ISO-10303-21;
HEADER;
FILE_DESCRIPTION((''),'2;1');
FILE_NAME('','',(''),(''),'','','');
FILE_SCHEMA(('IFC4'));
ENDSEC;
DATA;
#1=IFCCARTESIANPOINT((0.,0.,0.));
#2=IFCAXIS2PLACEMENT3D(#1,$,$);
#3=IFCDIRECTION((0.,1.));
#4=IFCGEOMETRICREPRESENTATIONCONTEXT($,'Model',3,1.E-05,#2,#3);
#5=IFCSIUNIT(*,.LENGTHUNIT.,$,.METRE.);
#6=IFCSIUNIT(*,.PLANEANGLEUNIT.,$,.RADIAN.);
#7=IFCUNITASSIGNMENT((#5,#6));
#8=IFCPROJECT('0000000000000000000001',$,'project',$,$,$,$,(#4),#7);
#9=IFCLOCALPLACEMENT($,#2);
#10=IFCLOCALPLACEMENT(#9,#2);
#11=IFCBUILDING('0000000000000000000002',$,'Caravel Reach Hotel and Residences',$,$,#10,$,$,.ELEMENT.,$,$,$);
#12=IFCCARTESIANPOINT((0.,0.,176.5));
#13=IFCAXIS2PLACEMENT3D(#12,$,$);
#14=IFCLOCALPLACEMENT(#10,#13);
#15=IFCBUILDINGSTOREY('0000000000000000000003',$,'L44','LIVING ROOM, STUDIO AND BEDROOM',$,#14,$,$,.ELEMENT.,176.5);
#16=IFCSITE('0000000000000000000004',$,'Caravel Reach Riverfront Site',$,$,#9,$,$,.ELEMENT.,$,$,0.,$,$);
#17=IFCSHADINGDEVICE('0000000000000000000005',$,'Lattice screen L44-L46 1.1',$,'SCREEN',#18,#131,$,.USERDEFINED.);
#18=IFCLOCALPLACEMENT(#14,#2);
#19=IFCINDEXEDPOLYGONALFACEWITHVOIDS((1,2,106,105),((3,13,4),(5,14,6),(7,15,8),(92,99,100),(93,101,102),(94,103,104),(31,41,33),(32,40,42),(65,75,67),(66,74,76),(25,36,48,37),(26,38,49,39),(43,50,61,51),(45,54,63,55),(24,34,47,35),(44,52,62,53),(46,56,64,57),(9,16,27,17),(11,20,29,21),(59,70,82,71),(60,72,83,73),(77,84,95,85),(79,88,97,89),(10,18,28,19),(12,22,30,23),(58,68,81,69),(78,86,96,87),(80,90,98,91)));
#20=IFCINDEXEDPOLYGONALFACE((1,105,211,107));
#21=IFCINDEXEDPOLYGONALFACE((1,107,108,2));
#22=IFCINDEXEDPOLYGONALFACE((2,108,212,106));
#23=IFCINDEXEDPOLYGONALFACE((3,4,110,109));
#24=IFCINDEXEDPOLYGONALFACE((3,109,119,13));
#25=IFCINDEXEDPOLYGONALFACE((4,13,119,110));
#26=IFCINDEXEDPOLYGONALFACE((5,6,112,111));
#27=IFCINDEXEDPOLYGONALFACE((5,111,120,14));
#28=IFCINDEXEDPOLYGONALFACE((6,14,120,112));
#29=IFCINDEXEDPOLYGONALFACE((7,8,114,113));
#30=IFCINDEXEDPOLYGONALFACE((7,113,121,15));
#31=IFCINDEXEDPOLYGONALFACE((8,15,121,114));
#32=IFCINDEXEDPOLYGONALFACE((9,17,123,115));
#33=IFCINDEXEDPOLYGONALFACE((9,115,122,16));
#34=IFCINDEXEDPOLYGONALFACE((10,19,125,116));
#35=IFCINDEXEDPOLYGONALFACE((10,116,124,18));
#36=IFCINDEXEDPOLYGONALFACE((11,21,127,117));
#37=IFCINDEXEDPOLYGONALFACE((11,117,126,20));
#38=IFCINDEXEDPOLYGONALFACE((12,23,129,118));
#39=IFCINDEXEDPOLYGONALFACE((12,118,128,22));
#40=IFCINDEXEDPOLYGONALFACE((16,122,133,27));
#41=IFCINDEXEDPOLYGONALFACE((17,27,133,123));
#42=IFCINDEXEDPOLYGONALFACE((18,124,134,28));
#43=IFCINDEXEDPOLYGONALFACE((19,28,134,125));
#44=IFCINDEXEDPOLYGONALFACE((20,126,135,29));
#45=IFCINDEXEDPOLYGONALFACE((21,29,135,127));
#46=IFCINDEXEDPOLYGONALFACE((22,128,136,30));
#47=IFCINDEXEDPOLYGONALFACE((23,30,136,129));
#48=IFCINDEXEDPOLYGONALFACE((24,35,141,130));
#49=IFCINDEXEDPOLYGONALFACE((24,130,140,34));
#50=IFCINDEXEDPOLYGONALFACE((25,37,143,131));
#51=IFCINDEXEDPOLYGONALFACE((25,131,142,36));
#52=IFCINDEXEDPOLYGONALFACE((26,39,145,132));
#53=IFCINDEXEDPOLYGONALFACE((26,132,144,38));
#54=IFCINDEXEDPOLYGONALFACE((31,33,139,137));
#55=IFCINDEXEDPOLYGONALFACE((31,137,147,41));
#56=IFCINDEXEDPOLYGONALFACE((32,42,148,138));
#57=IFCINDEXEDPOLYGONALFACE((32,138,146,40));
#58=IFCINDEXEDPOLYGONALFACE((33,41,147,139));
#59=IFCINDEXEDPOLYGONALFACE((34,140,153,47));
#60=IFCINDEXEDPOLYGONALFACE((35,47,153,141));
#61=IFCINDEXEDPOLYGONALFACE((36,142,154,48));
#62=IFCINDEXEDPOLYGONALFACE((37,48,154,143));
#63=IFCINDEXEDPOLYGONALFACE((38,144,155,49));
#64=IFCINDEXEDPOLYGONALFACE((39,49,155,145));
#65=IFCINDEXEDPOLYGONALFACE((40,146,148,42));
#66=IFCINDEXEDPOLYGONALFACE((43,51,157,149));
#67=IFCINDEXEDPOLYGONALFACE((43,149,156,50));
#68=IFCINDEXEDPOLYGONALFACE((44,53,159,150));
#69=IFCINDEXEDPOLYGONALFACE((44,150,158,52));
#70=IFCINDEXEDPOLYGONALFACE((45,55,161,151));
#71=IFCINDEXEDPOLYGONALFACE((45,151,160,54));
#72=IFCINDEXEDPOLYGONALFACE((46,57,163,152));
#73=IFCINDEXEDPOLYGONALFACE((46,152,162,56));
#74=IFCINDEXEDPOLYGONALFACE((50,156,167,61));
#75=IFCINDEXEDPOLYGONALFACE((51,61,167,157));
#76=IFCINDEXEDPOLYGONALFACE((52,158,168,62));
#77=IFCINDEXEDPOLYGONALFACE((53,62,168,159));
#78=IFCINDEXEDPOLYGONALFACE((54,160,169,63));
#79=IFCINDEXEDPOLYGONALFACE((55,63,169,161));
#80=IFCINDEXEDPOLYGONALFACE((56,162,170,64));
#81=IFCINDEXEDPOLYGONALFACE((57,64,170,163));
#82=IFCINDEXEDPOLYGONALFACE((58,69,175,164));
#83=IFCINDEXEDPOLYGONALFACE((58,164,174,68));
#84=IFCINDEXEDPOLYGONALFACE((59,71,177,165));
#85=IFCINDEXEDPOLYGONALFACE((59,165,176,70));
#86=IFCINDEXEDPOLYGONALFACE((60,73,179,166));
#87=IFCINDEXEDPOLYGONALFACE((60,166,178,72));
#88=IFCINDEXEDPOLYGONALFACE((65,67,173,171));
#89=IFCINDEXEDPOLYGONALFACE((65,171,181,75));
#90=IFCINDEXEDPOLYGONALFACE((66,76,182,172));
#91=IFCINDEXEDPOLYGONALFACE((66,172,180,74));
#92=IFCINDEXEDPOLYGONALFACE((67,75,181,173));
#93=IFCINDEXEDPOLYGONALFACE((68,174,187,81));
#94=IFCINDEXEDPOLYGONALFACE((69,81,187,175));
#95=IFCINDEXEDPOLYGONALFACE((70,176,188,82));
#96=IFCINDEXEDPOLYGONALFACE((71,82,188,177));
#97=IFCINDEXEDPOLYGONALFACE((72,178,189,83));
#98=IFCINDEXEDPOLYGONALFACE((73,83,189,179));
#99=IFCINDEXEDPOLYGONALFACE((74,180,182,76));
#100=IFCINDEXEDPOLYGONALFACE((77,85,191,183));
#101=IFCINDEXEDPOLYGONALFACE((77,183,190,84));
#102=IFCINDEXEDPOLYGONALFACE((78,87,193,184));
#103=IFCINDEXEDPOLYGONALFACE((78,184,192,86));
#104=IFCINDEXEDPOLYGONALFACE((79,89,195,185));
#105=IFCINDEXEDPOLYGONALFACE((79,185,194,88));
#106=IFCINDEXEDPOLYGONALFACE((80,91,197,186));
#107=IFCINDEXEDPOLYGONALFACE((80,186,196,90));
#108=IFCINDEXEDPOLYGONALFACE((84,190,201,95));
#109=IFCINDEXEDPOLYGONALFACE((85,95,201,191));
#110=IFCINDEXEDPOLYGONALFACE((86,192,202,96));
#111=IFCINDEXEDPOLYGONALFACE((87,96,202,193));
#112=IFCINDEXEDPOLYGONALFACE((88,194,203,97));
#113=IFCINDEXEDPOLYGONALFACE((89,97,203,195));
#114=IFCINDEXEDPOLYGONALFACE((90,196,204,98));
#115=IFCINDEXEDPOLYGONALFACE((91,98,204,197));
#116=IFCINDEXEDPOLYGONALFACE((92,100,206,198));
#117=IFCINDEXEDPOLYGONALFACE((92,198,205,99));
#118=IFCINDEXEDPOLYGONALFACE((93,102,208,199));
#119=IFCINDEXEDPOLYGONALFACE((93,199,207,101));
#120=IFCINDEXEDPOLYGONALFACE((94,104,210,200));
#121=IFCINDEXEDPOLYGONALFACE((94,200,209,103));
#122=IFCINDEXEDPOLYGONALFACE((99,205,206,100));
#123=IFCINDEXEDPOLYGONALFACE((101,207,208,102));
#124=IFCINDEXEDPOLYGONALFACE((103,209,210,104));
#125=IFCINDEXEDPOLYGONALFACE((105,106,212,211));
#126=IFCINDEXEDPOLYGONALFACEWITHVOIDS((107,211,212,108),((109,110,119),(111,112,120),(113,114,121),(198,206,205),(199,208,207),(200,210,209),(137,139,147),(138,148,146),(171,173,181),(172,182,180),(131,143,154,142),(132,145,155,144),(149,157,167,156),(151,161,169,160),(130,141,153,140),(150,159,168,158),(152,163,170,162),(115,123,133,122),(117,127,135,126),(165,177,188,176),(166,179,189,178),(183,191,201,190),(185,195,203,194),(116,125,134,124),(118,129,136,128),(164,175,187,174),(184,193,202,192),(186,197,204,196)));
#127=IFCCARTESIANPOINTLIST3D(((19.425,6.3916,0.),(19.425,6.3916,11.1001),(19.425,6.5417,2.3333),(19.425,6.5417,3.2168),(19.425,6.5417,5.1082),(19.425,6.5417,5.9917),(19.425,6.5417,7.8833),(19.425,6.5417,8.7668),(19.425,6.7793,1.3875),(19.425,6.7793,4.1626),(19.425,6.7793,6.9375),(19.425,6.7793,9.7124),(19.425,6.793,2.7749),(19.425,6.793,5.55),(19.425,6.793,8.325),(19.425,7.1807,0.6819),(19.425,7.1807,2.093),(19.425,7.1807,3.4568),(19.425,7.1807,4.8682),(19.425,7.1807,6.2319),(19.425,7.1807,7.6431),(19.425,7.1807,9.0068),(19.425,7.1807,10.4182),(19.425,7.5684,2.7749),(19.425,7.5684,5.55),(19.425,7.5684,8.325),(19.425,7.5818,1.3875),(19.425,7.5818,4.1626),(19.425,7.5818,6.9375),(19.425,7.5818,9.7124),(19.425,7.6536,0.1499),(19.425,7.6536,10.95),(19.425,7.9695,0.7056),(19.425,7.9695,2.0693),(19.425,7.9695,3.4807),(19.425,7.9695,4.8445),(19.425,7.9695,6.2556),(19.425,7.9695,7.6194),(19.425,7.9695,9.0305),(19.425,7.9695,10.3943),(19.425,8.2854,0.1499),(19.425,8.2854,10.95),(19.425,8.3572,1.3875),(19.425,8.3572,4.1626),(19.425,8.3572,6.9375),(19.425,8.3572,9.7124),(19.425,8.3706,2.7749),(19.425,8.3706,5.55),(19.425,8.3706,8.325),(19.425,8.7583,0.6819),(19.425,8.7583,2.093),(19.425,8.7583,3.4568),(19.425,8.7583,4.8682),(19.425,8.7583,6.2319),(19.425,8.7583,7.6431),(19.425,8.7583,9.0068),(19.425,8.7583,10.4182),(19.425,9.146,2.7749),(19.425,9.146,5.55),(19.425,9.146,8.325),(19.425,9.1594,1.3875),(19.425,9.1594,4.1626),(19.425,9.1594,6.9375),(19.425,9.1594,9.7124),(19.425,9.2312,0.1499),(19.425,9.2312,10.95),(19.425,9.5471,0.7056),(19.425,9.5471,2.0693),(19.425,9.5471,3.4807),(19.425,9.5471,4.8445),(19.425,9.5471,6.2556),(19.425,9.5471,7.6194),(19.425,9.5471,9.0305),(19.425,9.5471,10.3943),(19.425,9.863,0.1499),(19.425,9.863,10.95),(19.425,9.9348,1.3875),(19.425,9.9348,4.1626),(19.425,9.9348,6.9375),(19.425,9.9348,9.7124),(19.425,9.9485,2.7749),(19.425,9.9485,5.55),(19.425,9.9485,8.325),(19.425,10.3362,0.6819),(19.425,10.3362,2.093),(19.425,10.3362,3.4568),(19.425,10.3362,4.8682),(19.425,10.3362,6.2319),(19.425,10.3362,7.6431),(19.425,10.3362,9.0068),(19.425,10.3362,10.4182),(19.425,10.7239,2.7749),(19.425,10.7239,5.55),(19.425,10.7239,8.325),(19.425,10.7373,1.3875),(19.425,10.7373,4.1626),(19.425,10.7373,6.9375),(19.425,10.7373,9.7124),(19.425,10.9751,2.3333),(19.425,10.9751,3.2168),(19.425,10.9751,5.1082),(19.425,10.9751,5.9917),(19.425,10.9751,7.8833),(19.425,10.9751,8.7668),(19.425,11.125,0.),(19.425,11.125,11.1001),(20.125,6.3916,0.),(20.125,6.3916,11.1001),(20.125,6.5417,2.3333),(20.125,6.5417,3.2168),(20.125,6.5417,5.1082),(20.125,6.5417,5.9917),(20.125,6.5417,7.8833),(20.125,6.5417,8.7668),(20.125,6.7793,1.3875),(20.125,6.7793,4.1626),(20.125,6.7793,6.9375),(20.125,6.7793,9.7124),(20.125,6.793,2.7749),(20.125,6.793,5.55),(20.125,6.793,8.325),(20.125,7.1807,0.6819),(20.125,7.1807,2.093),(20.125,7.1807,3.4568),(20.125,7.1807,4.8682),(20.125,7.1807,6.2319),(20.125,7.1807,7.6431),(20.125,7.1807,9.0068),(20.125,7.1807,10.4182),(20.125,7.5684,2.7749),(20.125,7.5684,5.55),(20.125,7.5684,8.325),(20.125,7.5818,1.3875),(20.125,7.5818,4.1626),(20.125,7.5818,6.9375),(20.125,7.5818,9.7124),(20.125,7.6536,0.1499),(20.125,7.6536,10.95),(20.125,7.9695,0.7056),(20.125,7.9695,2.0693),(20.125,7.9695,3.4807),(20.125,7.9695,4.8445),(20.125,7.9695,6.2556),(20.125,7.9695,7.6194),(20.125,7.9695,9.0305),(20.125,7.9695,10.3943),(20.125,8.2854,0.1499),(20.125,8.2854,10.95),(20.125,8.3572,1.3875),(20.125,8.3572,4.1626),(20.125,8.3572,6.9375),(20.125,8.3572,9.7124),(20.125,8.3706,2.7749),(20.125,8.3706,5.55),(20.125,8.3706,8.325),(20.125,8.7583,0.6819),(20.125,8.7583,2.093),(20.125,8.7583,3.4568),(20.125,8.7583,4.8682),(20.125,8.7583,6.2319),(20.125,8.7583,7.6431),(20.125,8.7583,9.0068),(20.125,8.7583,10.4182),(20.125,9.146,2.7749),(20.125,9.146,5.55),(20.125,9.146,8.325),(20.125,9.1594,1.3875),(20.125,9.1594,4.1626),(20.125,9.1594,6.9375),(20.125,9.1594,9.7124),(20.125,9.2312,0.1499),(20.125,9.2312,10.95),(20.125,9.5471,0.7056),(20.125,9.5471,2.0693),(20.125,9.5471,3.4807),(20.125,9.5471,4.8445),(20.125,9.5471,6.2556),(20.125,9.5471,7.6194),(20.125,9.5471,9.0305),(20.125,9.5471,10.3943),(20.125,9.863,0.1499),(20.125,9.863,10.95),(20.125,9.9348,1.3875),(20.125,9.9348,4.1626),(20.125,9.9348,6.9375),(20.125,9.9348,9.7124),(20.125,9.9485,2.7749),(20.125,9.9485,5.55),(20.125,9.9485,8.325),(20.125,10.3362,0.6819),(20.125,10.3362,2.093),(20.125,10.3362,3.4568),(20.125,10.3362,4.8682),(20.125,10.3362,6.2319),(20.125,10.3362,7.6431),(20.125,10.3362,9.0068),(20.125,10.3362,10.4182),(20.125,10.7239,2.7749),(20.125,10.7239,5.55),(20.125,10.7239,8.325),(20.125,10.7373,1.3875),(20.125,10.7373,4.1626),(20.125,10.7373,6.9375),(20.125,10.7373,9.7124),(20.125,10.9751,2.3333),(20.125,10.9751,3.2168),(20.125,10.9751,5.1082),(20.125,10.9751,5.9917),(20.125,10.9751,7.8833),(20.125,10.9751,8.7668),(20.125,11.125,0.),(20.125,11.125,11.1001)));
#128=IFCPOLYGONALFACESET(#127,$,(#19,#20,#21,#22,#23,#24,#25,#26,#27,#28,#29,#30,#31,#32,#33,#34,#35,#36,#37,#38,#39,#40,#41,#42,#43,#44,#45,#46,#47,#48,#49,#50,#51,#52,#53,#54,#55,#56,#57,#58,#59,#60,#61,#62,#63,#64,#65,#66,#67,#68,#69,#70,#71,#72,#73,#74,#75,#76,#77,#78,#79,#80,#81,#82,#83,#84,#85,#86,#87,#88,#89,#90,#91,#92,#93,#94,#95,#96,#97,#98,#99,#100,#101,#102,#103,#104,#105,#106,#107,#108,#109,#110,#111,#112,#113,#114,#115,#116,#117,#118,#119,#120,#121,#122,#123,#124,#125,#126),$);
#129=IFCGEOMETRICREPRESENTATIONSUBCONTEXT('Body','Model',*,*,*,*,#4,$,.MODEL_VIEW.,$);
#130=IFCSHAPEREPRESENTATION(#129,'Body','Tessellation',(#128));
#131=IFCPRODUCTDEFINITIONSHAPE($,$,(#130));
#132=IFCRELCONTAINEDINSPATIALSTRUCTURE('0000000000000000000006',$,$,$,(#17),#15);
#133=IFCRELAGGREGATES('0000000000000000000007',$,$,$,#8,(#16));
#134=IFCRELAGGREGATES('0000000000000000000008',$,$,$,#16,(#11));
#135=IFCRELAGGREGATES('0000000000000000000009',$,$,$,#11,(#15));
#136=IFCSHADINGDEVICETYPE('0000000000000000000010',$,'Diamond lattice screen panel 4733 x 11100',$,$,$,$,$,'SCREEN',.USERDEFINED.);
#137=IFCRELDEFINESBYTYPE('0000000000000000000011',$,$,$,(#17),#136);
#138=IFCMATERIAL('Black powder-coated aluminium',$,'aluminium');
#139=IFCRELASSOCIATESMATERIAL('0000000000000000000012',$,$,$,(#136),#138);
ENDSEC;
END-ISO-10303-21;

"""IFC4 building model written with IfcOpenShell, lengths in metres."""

from ifc_helpers import new_model, si_unit, direction, frame, origin, place, context, subcontext, project, spatial, polyline, outline, extrude, material, type_object, element, save


model = new_model("IFC4")

# Units and contexts
model_context = context("Model", 3, precision=1e-05, world=origin(), true_north=direction((0.0, 1.0)))
body_context = subcontext(model_context, "Body", "Model", "MODEL_VIEW")
ifc_project = project(units=[si_unit("LENGTHUNIT", "METRE"), si_unit("PLANEANGLEUNIT", "RADIAN")], contexts=[model_context])

# Site, building, storey
site_placement = place(None, origin())
site = spatial("IfcSite", under=ifc_project, at=site_placement, Name="Caravel Reach Riverfront Site", CompositionType="ELEMENT", RefElevation=0.0)
building_placement = place(site_placement, origin())
building = spatial("IfcBuilding", under=site, at=building_placement, Name="Caravel Reach Hotel and Residences", CompositionType="ELEMENT")
storey_placement = place(building_placement, frame((0.0, 0.0, 176.5)))
storey = spatial("IfcBuildingStorey", under=building, at=storey_placement, Name="L44", Description="LIVING ROOM, STUDIO AND BEDROOM", CompositionType="ELEMENT", Elevation=176.5)

# Shading device
ifc_material_1 = material(Name="Black powder-coated aluminium", Category="aluminium")
shading_device_type = type_object("IfcShadingDeviceType", Name="Diamond lattice screen panel 4733 x 11100", ElementType="SCREEN", PredefinedType="USERDEFINED", material=ifc_material_1)
shading_device_1_placement = place(storey_placement, frame((20.125, 11.125, 0.0), z_axis=(-1.0, 0.0, 0.0), x_axis=(0.0, -1.0, 0.0)))
element("IfcShadingDevice", 1, at=shading_device_1_placement, inside=storey, type_object=shading_device_type, Name="Lattice screen L44-L46 1.1", ObjectType="SCREEN", PredefinedType="USERDEFINED", context=body_context, shape_type="SweptSolid", body=[
    extrude(outline(polyline([(0.0, 0.0), (4.7334, 0.0), (4.7334, 11.1001), (0.0, 11.1001), (0.0, 0.0)]), holes=[polyline([(0.4011, 2.7749), (0.1499, 3.2168), (0.1499, 2.3333), (0.4011, 2.7749)]), polyline([(0.4011, 5.55), (0.1499, 5.9917), (0.1499, 5.1082), (0.4011, 5.55)]), polyline([(0.4011, 8.325), (0.1499, 8.7668), (0.1499, 7.8833), (0.4011, 8.325)]), polyline([(0.7888, 2.093), (0.3877, 1.3875), (0.7888, 0.6819), (1.1902, 1.3875), (0.7888, 2.093)]), polyline([(0.7888, 4.8682), (0.3877, 4.1626), (0.7888, 3.4568), (1.1902, 4.1626), (0.7888, 4.8682)]), polyline([(0.7888, 7.6431), (0.3877, 6.9375), (0.7888, 6.2319), (1.1902, 6.9375), (0.7888, 7.6431)]), polyline([(0.7888, 10.4182), (0.3877, 9.7124), (0.7888, 9.0068), (1.1902, 9.7124), (0.7888, 10.4182)]), polyline([(1.5779, 0.7056), (1.262, 0.1499), (1.8938, 0.1499), (1.5779, 0.7056)]), polyline([(1.5779, 3.4807), (1.1765, 2.7749), (1.5779, 2.0693), (1.979, 2.7749), (1.5779, 3.4807)]), polyline([(1.5779, 6.2556), (1.1765, 5.55), (1.5779, 4.8445), (1.979, 5.55), (1.5779, 6.2556)]), polyline([(1.5779, 9.0305), (1.1765, 8.325), (1.5779, 7.6194), (1.979, 8.325), (1.5779, 9.0305)]), polyline([(1.5779, 10.3943), (1.8938, 10.95), (1.262, 10.95), (1.5779, 10.3943)]), polyline([(2.3667, 2.093), (1.9656, 1.3875), (2.3667, 0.6819), (2.7678, 1.3875), (2.3667, 2.093)]), polyline([(2.3667, 4.8682), (1.9656, 4.1626), (2.3667, 3.4568), (2.7678, 4.1626), (2.3667, 4.8682)]), polyline([(2.3667, 7.6431), (1.9656, 6.9375), (2.3667, 6.2319), (2.7678, 6.9375), (2.3667, 7.6431)]), polyline([(2.3667, 10.4182), (1.9656, 9.7124), (2.3667, 9.0068), (2.7678, 9.7124), (2.3667, 10.4182)]), polyline([(3.1555, 0.7056), (2.8396, 0.1499), (3.4714, 0.1499), (3.1555, 0.7056)]), polyline([(3.1555, 3.4807), (2.7544, 2.7749), (3.1555, 2.0693), (3.5566, 2.7749), (3.1555, 3.4807)]), polyline([(3.1555, 6.2556), (2.7544, 5.55), (3.1555, 4.8445), (3.5566, 5.55), (3.1555, 6.2556)]), polyline([(3.1555, 9.0305), (2.7544, 8.325), (3.1555, 7.6194), (3.5566, 8.325), (3.1555, 9.0305)]), polyline([(3.1555, 10.3943), (3.4714, 10.95), (2.8396, 10.95), (3.1555, 10.3943)]), polyline([(3.9443, 2.093), (3.5432, 1.3875), (3.9443, 0.6819), (4.3457, 1.3875), (3.9443, 2.093)]), polyline([(3.9443, 4.8682), (3.5432, 4.1626), (3.9443, 3.4568), (4.3457, 4.1626), (3.9443, 4.8682)]), polyline([(3.9443, 7.6431), (3.5432, 6.9375), (3.9443, 6.2319), (4.3457, 6.9375), (3.9443, 7.6431)]), polyline([(3.9443, 10.4182), (3.5432, 9.7124), (3.9443, 9.0068), (4.3457, 9.7124), (3.9443, 10.4182)]), polyline([(4.332, 2.7749), (4.5833, 2.3333), (4.5833, 3.2168), (4.332, 2.7749)]), polyline([(4.332, 5.55), (4.5833, 5.1082), (4.5833, 5.9917), (4.332, 5.55)]), polyline([(4.332, 8.325), (4.5833, 7.8833), (4.5833, 8.7668), (4.332, 8.325)])]), origin(), (0.0, 0.0, 1.0), 0.7),
])

save(model, "model.ifc")
